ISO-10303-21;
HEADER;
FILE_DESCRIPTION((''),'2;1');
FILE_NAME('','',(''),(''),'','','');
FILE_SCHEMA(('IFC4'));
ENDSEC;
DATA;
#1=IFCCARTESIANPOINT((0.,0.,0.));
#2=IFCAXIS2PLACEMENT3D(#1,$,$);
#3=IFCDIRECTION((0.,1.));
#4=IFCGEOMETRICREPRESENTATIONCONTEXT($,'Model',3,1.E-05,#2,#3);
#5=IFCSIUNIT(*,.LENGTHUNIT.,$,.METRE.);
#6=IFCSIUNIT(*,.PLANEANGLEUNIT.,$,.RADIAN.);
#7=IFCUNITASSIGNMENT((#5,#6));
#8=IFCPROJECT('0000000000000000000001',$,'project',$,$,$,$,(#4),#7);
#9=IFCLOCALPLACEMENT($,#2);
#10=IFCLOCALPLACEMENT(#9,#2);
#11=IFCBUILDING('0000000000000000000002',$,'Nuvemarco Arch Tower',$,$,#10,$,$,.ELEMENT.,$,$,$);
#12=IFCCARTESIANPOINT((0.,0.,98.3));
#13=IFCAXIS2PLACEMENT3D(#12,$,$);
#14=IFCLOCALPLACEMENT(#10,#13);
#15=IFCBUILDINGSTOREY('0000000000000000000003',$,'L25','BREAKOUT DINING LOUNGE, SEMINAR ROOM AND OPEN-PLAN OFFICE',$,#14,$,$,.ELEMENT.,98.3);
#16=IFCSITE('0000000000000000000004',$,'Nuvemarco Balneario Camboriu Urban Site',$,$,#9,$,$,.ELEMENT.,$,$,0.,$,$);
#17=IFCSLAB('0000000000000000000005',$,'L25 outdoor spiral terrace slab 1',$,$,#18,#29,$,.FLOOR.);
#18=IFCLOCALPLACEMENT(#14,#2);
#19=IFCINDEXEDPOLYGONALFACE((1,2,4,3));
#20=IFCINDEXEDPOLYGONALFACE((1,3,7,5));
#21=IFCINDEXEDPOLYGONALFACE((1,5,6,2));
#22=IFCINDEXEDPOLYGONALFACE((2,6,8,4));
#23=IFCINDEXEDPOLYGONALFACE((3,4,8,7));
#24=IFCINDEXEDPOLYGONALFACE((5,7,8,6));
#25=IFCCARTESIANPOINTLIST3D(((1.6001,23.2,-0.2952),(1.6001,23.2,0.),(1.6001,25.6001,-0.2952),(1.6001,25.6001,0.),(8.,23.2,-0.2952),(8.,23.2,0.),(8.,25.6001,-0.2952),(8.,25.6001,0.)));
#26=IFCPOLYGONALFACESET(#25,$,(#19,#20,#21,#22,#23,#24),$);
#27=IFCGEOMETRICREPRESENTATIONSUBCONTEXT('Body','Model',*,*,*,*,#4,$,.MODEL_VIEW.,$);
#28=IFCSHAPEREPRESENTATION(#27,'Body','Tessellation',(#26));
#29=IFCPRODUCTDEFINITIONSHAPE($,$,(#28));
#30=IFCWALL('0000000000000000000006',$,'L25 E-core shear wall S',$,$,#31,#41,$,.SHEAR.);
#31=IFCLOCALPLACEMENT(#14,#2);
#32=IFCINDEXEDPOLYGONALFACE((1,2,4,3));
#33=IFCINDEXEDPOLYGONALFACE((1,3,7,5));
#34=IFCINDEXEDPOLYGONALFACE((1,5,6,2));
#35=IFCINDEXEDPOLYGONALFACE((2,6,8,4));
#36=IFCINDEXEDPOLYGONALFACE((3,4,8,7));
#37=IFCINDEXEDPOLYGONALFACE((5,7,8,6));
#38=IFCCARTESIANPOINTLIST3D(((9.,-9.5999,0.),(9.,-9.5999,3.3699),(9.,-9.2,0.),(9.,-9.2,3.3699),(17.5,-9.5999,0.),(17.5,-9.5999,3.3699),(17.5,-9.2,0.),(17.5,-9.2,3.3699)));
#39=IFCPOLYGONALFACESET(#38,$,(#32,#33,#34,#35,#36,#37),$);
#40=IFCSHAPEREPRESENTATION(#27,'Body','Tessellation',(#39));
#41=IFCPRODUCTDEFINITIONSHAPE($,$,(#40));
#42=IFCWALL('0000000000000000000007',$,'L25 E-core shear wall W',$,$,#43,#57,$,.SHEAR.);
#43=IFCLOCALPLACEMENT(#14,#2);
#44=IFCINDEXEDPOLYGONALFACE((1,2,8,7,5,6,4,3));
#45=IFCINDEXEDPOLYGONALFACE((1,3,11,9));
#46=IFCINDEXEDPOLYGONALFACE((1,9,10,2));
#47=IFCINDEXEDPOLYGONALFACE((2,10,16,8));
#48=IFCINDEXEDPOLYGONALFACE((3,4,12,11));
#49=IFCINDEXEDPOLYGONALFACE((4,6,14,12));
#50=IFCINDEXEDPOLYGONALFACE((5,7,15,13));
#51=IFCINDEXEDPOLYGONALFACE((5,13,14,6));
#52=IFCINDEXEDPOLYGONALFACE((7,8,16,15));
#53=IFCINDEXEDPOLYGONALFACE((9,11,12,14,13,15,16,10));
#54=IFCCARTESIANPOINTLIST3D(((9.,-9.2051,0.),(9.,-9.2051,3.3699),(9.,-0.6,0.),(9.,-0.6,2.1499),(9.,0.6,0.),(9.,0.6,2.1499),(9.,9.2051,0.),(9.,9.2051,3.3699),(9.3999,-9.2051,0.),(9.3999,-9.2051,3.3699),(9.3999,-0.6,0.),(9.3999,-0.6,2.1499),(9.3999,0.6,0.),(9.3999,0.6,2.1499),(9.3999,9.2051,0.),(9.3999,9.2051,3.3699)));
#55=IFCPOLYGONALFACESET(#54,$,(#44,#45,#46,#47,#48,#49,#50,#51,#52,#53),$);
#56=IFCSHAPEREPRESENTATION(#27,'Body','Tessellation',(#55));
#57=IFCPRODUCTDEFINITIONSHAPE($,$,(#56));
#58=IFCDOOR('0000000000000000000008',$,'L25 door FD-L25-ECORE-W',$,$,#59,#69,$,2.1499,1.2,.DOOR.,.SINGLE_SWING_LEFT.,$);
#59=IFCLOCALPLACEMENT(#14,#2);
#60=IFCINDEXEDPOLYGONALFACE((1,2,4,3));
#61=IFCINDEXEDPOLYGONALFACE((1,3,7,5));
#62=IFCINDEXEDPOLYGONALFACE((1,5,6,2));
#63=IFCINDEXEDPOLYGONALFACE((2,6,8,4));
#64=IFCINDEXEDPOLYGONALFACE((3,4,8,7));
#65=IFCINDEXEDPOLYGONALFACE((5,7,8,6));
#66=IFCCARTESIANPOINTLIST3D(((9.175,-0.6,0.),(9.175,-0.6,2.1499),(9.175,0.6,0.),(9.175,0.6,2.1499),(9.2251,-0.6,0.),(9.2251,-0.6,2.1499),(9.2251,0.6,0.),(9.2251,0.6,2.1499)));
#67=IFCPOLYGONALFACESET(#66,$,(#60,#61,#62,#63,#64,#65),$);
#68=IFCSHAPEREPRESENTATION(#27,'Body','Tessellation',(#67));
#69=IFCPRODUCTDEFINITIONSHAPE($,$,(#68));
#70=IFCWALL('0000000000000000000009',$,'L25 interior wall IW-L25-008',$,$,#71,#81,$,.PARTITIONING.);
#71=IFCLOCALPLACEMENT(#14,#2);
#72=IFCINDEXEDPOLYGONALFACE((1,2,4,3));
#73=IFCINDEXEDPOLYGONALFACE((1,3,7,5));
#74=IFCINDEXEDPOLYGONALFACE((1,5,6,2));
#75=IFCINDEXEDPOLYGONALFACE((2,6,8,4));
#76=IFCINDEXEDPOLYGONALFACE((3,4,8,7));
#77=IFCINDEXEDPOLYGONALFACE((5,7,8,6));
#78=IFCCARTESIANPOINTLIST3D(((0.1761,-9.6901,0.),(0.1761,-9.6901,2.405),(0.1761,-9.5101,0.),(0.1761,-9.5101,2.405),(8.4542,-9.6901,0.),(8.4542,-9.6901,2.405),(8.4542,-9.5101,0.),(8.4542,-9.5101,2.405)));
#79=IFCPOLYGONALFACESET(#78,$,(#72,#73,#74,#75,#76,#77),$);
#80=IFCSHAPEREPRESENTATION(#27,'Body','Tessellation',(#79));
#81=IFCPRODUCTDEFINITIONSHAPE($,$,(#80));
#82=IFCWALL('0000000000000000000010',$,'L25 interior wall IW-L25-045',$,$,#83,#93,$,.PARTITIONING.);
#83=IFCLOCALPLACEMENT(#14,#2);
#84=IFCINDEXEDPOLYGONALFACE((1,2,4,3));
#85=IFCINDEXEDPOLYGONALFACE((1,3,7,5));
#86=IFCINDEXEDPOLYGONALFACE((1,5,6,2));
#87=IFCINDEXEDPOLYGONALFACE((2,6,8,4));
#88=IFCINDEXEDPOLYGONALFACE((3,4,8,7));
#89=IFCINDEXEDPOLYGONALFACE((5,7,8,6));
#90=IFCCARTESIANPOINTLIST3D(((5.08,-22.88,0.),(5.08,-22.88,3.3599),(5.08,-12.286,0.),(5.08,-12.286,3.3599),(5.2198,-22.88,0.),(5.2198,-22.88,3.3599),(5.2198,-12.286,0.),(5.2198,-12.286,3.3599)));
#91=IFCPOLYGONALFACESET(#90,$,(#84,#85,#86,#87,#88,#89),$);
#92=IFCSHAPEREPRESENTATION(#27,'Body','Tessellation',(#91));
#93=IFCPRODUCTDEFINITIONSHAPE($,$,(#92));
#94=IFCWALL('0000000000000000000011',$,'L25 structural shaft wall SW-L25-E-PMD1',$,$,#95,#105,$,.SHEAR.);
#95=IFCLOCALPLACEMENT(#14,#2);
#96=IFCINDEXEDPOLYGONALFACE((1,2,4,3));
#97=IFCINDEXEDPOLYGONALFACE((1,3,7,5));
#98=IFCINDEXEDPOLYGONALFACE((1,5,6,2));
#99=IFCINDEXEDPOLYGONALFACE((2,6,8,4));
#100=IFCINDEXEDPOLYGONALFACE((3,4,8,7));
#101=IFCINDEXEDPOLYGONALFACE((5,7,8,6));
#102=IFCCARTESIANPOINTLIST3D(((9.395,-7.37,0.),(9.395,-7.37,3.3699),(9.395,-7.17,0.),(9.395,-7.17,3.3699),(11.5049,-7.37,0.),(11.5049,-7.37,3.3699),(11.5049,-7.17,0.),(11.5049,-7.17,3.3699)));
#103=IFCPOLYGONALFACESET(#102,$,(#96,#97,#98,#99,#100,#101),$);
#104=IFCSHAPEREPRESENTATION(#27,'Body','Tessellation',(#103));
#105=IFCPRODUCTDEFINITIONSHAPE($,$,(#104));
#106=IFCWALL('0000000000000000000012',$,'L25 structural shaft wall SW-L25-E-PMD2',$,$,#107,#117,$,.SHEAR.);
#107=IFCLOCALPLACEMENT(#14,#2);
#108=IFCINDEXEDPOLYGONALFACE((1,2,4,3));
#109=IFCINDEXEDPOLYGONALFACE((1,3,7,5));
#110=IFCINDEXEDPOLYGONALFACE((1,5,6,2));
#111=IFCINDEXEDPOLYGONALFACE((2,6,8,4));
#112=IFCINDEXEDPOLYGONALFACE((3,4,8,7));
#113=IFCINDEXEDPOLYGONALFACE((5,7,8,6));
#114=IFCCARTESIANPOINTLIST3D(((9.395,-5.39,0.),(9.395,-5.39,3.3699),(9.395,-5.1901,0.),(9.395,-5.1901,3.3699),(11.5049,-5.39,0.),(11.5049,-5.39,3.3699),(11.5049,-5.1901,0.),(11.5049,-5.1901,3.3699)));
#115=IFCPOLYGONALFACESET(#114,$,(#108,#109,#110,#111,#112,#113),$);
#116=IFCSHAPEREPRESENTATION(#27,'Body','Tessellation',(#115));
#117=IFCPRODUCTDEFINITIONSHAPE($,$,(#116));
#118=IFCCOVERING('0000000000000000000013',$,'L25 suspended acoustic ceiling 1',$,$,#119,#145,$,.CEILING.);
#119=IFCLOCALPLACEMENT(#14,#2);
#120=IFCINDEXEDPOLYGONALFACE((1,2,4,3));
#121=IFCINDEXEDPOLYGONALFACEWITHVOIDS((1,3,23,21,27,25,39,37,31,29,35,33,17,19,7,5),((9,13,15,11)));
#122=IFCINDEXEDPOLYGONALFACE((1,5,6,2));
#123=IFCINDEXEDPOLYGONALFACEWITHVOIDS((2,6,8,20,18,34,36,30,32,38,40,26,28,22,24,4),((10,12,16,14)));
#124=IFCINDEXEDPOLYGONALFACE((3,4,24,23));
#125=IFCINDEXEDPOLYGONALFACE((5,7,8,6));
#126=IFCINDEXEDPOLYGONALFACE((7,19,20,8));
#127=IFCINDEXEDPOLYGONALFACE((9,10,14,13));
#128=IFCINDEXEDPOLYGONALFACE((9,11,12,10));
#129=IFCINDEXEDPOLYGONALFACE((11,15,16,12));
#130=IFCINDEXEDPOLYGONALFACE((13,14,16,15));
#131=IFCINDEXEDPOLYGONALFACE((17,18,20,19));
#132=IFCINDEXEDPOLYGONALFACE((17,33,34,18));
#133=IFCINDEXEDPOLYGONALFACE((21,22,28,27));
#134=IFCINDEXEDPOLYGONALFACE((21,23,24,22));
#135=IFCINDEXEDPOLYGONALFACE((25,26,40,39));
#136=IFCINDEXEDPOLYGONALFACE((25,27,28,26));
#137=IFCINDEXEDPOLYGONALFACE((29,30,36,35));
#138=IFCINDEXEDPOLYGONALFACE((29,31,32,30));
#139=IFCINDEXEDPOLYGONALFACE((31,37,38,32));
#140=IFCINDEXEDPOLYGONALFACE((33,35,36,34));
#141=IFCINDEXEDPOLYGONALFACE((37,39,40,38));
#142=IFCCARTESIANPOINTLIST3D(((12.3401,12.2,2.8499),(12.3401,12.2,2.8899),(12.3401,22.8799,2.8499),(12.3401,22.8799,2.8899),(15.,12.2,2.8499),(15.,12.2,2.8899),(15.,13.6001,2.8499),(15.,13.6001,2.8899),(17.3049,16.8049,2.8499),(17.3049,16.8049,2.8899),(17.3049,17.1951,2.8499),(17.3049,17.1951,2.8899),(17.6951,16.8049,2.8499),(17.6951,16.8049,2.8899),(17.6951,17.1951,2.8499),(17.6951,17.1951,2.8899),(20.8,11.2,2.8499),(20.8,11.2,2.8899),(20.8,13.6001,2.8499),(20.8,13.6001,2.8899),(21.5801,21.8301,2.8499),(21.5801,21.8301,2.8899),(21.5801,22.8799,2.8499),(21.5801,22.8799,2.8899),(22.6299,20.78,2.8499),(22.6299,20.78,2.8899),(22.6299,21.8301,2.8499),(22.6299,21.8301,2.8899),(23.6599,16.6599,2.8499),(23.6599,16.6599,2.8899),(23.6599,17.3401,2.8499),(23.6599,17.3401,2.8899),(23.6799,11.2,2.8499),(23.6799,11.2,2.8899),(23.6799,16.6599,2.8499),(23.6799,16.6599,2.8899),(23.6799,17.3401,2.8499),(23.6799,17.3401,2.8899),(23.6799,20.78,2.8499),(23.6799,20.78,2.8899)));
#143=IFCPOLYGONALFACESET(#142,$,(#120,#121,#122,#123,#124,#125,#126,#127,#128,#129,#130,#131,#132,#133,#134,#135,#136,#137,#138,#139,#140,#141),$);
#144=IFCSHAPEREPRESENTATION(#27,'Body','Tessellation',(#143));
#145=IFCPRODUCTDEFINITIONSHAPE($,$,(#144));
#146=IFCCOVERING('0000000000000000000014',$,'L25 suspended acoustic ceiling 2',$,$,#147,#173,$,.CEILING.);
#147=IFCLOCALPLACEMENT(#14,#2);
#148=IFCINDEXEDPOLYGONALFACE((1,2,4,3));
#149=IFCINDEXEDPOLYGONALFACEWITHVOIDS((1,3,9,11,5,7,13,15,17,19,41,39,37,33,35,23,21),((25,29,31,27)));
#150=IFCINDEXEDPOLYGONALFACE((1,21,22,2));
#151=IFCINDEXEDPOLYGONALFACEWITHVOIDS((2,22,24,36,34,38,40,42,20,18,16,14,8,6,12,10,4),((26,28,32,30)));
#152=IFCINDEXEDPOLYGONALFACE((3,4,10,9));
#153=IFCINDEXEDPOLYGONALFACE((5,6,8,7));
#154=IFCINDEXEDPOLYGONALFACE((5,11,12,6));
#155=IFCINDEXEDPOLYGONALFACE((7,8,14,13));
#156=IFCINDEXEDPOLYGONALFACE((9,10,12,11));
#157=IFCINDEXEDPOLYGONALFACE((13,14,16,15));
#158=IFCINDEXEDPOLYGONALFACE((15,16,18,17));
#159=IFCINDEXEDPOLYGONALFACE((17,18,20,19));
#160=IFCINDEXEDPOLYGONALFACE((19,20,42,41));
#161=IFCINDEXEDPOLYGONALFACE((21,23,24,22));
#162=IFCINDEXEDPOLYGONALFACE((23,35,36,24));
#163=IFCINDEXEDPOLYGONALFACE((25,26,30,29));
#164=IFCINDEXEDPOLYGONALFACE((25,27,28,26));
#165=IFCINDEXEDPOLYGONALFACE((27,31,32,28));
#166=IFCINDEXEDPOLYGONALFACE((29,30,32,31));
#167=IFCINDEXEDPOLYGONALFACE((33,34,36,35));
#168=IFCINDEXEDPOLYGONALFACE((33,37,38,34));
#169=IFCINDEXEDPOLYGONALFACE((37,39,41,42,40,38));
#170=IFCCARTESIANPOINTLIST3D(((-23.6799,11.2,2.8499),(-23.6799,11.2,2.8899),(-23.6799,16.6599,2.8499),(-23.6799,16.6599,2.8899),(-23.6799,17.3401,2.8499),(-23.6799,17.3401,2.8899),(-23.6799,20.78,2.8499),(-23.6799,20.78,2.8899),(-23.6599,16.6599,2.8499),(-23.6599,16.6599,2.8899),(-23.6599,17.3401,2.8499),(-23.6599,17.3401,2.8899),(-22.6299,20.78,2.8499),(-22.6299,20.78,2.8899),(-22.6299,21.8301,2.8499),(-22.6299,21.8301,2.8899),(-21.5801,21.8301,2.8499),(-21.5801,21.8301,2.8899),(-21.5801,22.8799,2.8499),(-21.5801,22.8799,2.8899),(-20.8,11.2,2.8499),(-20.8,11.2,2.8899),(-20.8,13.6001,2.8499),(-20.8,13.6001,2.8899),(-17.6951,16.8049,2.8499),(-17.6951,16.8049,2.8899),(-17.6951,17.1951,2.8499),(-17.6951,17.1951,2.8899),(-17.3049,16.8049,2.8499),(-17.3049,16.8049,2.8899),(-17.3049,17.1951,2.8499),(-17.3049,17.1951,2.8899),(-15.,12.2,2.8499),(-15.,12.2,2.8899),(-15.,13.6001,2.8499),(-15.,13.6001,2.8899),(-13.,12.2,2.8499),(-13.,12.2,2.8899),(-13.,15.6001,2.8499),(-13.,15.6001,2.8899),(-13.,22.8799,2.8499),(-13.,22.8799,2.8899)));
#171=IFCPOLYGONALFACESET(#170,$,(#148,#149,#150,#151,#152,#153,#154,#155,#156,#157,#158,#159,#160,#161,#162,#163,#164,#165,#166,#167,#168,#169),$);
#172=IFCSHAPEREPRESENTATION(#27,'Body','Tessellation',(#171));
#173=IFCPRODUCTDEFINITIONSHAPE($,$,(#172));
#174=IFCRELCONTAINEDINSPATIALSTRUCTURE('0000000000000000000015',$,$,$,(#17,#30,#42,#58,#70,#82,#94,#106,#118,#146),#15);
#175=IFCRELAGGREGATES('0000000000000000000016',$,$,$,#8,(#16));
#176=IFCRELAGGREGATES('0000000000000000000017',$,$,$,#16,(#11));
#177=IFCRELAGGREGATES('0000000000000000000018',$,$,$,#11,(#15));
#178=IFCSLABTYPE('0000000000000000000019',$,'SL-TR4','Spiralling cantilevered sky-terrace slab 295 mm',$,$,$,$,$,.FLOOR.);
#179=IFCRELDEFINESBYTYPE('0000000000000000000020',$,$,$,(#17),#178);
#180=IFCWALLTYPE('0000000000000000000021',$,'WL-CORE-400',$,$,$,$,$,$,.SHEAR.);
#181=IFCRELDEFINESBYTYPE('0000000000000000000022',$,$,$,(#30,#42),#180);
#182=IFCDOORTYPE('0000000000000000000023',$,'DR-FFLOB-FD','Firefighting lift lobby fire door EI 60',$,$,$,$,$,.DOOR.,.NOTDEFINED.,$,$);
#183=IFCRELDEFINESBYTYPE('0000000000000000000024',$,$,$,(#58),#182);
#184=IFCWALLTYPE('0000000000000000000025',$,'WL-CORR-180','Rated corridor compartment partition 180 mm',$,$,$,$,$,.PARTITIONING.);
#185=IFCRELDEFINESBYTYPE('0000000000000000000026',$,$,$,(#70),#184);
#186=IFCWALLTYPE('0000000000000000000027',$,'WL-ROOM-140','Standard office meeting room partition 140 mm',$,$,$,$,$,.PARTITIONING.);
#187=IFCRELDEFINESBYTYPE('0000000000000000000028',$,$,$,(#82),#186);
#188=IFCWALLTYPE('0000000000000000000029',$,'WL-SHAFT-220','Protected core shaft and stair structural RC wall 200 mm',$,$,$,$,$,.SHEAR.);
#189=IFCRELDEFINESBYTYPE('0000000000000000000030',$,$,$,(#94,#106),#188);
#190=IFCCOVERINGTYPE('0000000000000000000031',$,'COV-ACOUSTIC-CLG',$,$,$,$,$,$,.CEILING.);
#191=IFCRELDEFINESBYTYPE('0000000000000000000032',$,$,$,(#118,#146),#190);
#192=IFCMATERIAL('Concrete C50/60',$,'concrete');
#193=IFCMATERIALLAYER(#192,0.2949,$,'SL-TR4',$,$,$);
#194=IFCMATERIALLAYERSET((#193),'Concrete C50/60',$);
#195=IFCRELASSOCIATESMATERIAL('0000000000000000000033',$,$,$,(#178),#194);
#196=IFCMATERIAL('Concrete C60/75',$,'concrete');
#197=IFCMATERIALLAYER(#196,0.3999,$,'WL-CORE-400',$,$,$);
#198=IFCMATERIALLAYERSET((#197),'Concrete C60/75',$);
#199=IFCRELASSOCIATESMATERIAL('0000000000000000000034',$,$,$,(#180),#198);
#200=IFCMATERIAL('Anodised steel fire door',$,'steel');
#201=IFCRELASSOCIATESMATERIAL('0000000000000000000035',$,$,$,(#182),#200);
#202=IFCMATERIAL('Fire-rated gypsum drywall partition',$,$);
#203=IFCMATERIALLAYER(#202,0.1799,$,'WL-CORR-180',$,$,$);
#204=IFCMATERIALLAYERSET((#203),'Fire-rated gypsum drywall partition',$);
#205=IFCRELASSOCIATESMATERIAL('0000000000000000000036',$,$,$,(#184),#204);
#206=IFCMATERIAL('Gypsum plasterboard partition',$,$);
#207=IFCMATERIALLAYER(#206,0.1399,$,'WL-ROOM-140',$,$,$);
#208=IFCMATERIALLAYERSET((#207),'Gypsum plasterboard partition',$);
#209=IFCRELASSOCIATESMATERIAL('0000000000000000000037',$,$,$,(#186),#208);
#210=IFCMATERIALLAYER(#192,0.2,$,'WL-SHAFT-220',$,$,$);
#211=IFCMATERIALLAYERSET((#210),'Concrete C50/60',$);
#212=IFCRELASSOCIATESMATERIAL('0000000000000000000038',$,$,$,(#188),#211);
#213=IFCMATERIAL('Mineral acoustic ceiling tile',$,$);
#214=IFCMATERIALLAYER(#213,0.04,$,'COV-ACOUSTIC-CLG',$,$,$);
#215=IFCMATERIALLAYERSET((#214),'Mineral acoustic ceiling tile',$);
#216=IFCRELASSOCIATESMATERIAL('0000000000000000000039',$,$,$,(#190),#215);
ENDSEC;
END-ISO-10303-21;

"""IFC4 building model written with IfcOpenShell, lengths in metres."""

from ifc_helpers import new_model, si_unit, direction, frame, frame_2d, origin, place, context, subcontext, project, spatial, polyline, rectangle, outline, extrude, source, transform, mapped, material, layer, layer_set, type_object, type_shapes, element, fill, save


model = new_model("IFC4")

# Units and contexts
model_context = context("Model", 3, precision=1e-05, world=origin(), true_north=direction((0.0, 1.0)))
body_context = subcontext(model_context, "Body", "Model", "MODEL_VIEW")
ifc_project = project(units=[si_unit("LENGTHUNIT", "METRE"), si_unit("PLANEANGLEUNIT", "RADIAN")], contexts=[model_context])

# Site, building, storey
site_placement = place(None, origin())
site = spatial("IfcSite", under=ifc_project, at=site_placement, Name="Nuvemarco Balneario Camboriu Urban Site", CompositionType="ELEMENT", RefElevation=0.0)
building_placement = place(site_placement, origin())
building = spatial("IfcBuilding", under=site, at=building_placement, Name="Nuvemarco Arch Tower", CompositionType="ELEMENT")
storey_placement = place(building_placement, frame((0.0, 0.0, 98.3)))
storey = spatial("IfcBuildingStorey", under=building, at=storey_placement, Name="L25", Description="BREAKOUT DINING LOUNGE, SEMINAR ROOM AND OPEN-PLAN OFFICE", CompositionType="ELEMENT", Elevation=98.3)

# Shared definitions
ifc_material_1 = material(Name="Concrete C60/75", Category="concrete")

# Shared definitions
ifc_material_2 = material(Name="Concrete C50/60", Category="concrete")

# Slab
ifc_layer_1 = layer(ifc_material_2, 0.2949, Name="SL-TR4")
ifc_layer_set_1 = layer_set([ifc_layer_1], Name="Concrete C50/60")
slab_type_1 = type_object("IfcSlabType", Name="SL-TR4", Description="Spiralling cantilevered sky-terrace slab 295 mm", PredefinedType="FLOOR", material=ifc_layer_set_1)
slab_1_placement = place(storey_placement, frame((0.0, 0.0, -0.2952)))
element("IfcSlab", 1, at=slab_1_placement, inside=storey, type_object=slab_type_1, Name="L25 outdoor spiral terrace slab 1", PredefinedType="FLOOR", context=body_context, shape_type="SweptSolid", body=[
    extrude(outline(polyline([(1.6001, 23.2), (8.0, 23.2), (8.0, 25.6001), (1.6001, 25.6001), (1.6001, 23.2)])), origin(), (0.0, 0.0, 1.0), 0.2952),
])

# Wall
ifc_layer_2 = layer(ifc_material_1, 0.3999, Name="WL-CORE-400")
ifc_layer_set_2 = layer_set([ifc_layer_2], Name="Concrete C60/75")
wall_type_1 = type_object("IfcWallType", Name="WL-CORE-400", PredefinedType="SHEAR", material=ifc_layer_set_2)
wall_1_placement = place(storey_placement, frame((9.0, -9.3999, 0.0), z_axis=(0.0, 0.0, 1.0), x_axis=(1.0, 0.0, 0.0)))
element("IfcWall", 2, at=wall_1_placement, inside=storey, type_object=wall_type_1, Name="L25 E-core shear wall S", PredefinedType="SHEAR", context=body_context, shape_type="SweptSolid", body=[
    extrude(rectangle(XDim=8.5, YDim=0.3999, at=frame_2d((4.25, 0.0))), origin(), (0.0, 0.0, 1.0), 3.3699),
])

# Wall, opening, door
wall_2_placement = place(storey_placement, frame((9.2, -9.2051, 0.0), z_axis=(0.0, 0.0, 1.0), x_axis=(0.0, 1.0, 0.0)))
wall_2 = element("IfcWall", 3, at=wall_2_placement, inside=storey, type_object=wall_type_1, Name="L25 E-core shear wall W", PredefinedType="SHEAR", context=body_context, shape_type="SweptSolid", body=[
    extrude(rectangle(XDim=18.4102, YDim=0.3999, at=frame_2d((9.2051, 0.0))), origin(), (0.0, 0.0, 1.0), 3.3699),
])
opening_placement = place(wall_2_placement, frame((8.605, 0.0, 0.0)))
opening = element("IfcOpeningElement", 4, at=opening_placement, cuts=wall_2, PredefinedType="OPENING", context=body_context, shape_type="SweptSolid", body=[
    extrude(rectangle(XDim=1.2, YDim=2.1499, at=frame_2d((0.6001, 1.075))), frame((0.0, 0.21, 0.0), z_axis=(0.0, -1.0, 0.0), x_axis=(1.0, 0.0, 0.0)), (0.0, 0.0, 1.0), 0.4199),
])
ifc_material_3 = material(Name="Anodised steel fire door", Category="steel")
door_type = type_object("IfcDoorType", Name="DR-FFLOB-FD", Description="Firefighting lift lobby fire door EI 60", OperationType="NOTDEFINED", PredefinedType="DOOR", material=ifc_material_3)
shared_shape_1 = source(origin(), body_context, "Body", "SweptSolid", [
    extrude(rectangle(XDim=1.2, YDim=2.1499, at=frame_2d((0.6001, 1.075))), frame((0.0, 0.0249, 0.0), z_axis=(0.0, -1.0, 0.0), x_axis=(1.0, 0.0, 0.0)), (0.0, 0.0, 1.0), 0.05),
])
type_shapes(door_type, [shared_shape_1])
door_placement = place(opening_placement, origin())
door = element("IfcDoor", 5, at=door_placement, inside=storey, type_object=door_type, Name="L25 door FD-L25-ECORE-W", OperationType="SINGLE_SWING_LEFT", OverallHeight=2.1499, OverallWidth=1.2, PredefinedType="DOOR", context=body_context, shape_type="MappedRepresentation", body=[
    mapped(shared_shape_1, transform((0.0, 0.0, 0.0), scale=1.0)),
])
fill(opening, door)

# Walls
ifc_material_4 = material(Name="Fire-rated gypsum drywall partition")
ifc_layer_3 = layer(ifc_material_4, 0.1799, Name="WL-CORR-180")
ifc_layer_set_3 = layer_set([ifc_layer_3], Name="Fire-rated gypsum drywall partition")
wall_type_2 = type_object("IfcWallType", Name="WL-CORR-180", Description="Rated corridor compartment partition 180 mm", PredefinedType="PARTITIONING", material=ifc_layer_set_3)
wall_3_placement = place(storey_placement, frame((0.176, -9.6001, 0.0), z_axis=(0.0, 0.0, 1.0), x_axis=(1.0, 0.0, 0.0)))
element("IfcWall", 6, at=wall_3_placement, inside=storey, type_object=wall_type_2, Name="L25 interior wall IW-L25-008", PredefinedType="PARTITIONING", context=body_context, shape_type="SweptSolid", body=[
    extrude(rectangle(XDim=8.2781, YDim=0.1799, at=frame_2d((4.1392, 0.0))), origin(), (0.0, 0.0, 1.0), 2.405),
])
ifc_material_5 = material(Name="Gypsum plasterboard partition")
ifc_layer_4 = layer(ifc_material_5, 0.1399, Name="WL-ROOM-140")
ifc_layer_set_4 = layer_set([ifc_layer_4], Name="Gypsum plasterboard partition")
wall_type_3 = type_object("IfcWallType", Name="WL-ROOM-140", Description="Standard office meeting room partition 140 mm", PredefinedType="PARTITIONING", material=ifc_layer_set_4)
wall_4_placement = place(storey_placement, frame((5.1499, -22.8799, 0.0), z_axis=(0.0, 0.0, 1.0), x_axis=(0.0, 1.0, 0.0)))
element("IfcWall", 7, at=wall_4_placement, inside=storey, type_object=wall_type_3, Name="L25 interior wall IW-L25-045", PredefinedType="PARTITIONING", context=body_context, shape_type="SweptSolid", body=[
    extrude(rectangle(XDim=10.594, YDim=0.1399, at=frame_2d((5.2969, 0.0))), origin(), (0.0, 0.0, 1.0), 3.3599),
])
ifc_layer_5 = layer(ifc_material_2, 0.2, Name="WL-SHAFT-220")
ifc_layer_set_5 = layer_set([ifc_layer_5], Name="Concrete C50/60")
wall_type_4 = type_object("IfcWallType", Name="WL-SHAFT-220", Description="Protected core shaft and stair structural RC wall 200 mm", PredefinedType="SHEAR", material=ifc_layer_set_5)
for number, where, z_axis, x_axis, name in (
    (8, (9.395, -7.27, 0.0), (0.0, 0.0, 1.0), (1.0, 0.0, 0.0), "L25 structural shaft wall SW-L25-E-PMD1"),
    (9, (9.395, -5.29, 0.0), (0.0, 0.0, 1.0), (1.0, 0.0, 0.0), "L25 structural shaft wall SW-L25-E-PMD2"),
):
    element("IfcWall", number, at=place(storey_placement, frame(where, z_axis=z_axis, x_axis=x_axis)), inside=storey, type_object=wall_type_4, Name=name, PredefinedType="SHEAR", context=body_context, shape_type="SweptSolid", body=[
        extrude(rectangle(XDim=2.1099, YDim=0.2, at=frame_2d((1.0549, 0.0))), origin(), (0.0, 0.0, 1.0), 3.3699),
    ])

# Coverings
ifc_material_6 = material(Name="Mineral acoustic ceiling tile")
ifc_layer_6 = layer(ifc_material_6, 0.04, Name="COV-ACOUSTIC-CLG")
ifc_layer_set_6 = layer_set([ifc_layer_6], Name="Mineral acoustic ceiling tile")
covering_type = type_object("IfcCoveringType", Name="COV-ACOUSTIC-CLG", PredefinedType="CEILING", material=ifc_layer_set_6)
covering_1_placement = place(storey_placement, frame((0.0, 0.0, 2.8499)))
element("IfcCovering", 10, at=covering_1_placement, inside=storey, type_object=covering_type, Name="L25 suspended acoustic ceiling 1", PredefinedType="CEILING", context=body_context, shape_type="SweptSolid", body=[
    extrude(outline(polyline([(23.6799, 20.78), (23.6799, 17.3401), (23.6599, 17.3401), (23.6599, 16.6599), (23.6799, 16.6599), (23.6799, 11.2), (20.8, 11.2), (20.8, 13.6001), (15.0, 13.6001), (15.0, 12.2), (12.3401, 12.2), (12.3401, 22.8799), (21.5801, 22.8799), (21.5801, 21.8301), (22.6299, 21.8301), (22.6299, 20.78), (23.6799, 20.78)]), holes=[polyline([(17.6951, 16.8049), (17.6951, 17.1951), (17.3049, 17.1951), (17.3049, 16.8049), (17.6951, 16.8049)])]), origin(), (0.0, 0.0, 1.0), 0.04),
])
covering_2_placement = place(storey_placement, frame((0.0, 0.0, 2.8499)))
element("IfcCovering", 11, at=covering_2_placement, inside=storey, type_object=covering_type, Name="L25 suspended acoustic ceiling 2", PredefinedType="CEILING", context=body_context, shape_type="SweptSolid", body=[
    extrude(outline(polyline([(-23.6799, 11.2), (-23.6799, 16.6599), (-23.6599, 16.6599), (-23.6599, 17.3401), (-23.6799, 17.3401), (-23.6799, 20.78), (-22.6299, 20.78), (-22.6299, 21.8301), (-21.5801, 21.8301), (-21.5801, 22.8799), (-13.0, 22.8799), (-13.0, 15.6001), (-13.0, 12.2), (-15.0, 12.2), (-15.0, 13.6001), (-20.8, 13.6001), (-20.8, 11.2), (-23.6799, 11.2)]), holes=[polyline([(-17.3049, 16.8049), (-17.3049, 17.1951), (-17.6951, 17.1951), (-17.6951, 16.8049), (-17.3049, 16.8049)])]), origin(), (0.0, 0.0, 1.0), 0.04),
])

save(model, "model.ifc")
